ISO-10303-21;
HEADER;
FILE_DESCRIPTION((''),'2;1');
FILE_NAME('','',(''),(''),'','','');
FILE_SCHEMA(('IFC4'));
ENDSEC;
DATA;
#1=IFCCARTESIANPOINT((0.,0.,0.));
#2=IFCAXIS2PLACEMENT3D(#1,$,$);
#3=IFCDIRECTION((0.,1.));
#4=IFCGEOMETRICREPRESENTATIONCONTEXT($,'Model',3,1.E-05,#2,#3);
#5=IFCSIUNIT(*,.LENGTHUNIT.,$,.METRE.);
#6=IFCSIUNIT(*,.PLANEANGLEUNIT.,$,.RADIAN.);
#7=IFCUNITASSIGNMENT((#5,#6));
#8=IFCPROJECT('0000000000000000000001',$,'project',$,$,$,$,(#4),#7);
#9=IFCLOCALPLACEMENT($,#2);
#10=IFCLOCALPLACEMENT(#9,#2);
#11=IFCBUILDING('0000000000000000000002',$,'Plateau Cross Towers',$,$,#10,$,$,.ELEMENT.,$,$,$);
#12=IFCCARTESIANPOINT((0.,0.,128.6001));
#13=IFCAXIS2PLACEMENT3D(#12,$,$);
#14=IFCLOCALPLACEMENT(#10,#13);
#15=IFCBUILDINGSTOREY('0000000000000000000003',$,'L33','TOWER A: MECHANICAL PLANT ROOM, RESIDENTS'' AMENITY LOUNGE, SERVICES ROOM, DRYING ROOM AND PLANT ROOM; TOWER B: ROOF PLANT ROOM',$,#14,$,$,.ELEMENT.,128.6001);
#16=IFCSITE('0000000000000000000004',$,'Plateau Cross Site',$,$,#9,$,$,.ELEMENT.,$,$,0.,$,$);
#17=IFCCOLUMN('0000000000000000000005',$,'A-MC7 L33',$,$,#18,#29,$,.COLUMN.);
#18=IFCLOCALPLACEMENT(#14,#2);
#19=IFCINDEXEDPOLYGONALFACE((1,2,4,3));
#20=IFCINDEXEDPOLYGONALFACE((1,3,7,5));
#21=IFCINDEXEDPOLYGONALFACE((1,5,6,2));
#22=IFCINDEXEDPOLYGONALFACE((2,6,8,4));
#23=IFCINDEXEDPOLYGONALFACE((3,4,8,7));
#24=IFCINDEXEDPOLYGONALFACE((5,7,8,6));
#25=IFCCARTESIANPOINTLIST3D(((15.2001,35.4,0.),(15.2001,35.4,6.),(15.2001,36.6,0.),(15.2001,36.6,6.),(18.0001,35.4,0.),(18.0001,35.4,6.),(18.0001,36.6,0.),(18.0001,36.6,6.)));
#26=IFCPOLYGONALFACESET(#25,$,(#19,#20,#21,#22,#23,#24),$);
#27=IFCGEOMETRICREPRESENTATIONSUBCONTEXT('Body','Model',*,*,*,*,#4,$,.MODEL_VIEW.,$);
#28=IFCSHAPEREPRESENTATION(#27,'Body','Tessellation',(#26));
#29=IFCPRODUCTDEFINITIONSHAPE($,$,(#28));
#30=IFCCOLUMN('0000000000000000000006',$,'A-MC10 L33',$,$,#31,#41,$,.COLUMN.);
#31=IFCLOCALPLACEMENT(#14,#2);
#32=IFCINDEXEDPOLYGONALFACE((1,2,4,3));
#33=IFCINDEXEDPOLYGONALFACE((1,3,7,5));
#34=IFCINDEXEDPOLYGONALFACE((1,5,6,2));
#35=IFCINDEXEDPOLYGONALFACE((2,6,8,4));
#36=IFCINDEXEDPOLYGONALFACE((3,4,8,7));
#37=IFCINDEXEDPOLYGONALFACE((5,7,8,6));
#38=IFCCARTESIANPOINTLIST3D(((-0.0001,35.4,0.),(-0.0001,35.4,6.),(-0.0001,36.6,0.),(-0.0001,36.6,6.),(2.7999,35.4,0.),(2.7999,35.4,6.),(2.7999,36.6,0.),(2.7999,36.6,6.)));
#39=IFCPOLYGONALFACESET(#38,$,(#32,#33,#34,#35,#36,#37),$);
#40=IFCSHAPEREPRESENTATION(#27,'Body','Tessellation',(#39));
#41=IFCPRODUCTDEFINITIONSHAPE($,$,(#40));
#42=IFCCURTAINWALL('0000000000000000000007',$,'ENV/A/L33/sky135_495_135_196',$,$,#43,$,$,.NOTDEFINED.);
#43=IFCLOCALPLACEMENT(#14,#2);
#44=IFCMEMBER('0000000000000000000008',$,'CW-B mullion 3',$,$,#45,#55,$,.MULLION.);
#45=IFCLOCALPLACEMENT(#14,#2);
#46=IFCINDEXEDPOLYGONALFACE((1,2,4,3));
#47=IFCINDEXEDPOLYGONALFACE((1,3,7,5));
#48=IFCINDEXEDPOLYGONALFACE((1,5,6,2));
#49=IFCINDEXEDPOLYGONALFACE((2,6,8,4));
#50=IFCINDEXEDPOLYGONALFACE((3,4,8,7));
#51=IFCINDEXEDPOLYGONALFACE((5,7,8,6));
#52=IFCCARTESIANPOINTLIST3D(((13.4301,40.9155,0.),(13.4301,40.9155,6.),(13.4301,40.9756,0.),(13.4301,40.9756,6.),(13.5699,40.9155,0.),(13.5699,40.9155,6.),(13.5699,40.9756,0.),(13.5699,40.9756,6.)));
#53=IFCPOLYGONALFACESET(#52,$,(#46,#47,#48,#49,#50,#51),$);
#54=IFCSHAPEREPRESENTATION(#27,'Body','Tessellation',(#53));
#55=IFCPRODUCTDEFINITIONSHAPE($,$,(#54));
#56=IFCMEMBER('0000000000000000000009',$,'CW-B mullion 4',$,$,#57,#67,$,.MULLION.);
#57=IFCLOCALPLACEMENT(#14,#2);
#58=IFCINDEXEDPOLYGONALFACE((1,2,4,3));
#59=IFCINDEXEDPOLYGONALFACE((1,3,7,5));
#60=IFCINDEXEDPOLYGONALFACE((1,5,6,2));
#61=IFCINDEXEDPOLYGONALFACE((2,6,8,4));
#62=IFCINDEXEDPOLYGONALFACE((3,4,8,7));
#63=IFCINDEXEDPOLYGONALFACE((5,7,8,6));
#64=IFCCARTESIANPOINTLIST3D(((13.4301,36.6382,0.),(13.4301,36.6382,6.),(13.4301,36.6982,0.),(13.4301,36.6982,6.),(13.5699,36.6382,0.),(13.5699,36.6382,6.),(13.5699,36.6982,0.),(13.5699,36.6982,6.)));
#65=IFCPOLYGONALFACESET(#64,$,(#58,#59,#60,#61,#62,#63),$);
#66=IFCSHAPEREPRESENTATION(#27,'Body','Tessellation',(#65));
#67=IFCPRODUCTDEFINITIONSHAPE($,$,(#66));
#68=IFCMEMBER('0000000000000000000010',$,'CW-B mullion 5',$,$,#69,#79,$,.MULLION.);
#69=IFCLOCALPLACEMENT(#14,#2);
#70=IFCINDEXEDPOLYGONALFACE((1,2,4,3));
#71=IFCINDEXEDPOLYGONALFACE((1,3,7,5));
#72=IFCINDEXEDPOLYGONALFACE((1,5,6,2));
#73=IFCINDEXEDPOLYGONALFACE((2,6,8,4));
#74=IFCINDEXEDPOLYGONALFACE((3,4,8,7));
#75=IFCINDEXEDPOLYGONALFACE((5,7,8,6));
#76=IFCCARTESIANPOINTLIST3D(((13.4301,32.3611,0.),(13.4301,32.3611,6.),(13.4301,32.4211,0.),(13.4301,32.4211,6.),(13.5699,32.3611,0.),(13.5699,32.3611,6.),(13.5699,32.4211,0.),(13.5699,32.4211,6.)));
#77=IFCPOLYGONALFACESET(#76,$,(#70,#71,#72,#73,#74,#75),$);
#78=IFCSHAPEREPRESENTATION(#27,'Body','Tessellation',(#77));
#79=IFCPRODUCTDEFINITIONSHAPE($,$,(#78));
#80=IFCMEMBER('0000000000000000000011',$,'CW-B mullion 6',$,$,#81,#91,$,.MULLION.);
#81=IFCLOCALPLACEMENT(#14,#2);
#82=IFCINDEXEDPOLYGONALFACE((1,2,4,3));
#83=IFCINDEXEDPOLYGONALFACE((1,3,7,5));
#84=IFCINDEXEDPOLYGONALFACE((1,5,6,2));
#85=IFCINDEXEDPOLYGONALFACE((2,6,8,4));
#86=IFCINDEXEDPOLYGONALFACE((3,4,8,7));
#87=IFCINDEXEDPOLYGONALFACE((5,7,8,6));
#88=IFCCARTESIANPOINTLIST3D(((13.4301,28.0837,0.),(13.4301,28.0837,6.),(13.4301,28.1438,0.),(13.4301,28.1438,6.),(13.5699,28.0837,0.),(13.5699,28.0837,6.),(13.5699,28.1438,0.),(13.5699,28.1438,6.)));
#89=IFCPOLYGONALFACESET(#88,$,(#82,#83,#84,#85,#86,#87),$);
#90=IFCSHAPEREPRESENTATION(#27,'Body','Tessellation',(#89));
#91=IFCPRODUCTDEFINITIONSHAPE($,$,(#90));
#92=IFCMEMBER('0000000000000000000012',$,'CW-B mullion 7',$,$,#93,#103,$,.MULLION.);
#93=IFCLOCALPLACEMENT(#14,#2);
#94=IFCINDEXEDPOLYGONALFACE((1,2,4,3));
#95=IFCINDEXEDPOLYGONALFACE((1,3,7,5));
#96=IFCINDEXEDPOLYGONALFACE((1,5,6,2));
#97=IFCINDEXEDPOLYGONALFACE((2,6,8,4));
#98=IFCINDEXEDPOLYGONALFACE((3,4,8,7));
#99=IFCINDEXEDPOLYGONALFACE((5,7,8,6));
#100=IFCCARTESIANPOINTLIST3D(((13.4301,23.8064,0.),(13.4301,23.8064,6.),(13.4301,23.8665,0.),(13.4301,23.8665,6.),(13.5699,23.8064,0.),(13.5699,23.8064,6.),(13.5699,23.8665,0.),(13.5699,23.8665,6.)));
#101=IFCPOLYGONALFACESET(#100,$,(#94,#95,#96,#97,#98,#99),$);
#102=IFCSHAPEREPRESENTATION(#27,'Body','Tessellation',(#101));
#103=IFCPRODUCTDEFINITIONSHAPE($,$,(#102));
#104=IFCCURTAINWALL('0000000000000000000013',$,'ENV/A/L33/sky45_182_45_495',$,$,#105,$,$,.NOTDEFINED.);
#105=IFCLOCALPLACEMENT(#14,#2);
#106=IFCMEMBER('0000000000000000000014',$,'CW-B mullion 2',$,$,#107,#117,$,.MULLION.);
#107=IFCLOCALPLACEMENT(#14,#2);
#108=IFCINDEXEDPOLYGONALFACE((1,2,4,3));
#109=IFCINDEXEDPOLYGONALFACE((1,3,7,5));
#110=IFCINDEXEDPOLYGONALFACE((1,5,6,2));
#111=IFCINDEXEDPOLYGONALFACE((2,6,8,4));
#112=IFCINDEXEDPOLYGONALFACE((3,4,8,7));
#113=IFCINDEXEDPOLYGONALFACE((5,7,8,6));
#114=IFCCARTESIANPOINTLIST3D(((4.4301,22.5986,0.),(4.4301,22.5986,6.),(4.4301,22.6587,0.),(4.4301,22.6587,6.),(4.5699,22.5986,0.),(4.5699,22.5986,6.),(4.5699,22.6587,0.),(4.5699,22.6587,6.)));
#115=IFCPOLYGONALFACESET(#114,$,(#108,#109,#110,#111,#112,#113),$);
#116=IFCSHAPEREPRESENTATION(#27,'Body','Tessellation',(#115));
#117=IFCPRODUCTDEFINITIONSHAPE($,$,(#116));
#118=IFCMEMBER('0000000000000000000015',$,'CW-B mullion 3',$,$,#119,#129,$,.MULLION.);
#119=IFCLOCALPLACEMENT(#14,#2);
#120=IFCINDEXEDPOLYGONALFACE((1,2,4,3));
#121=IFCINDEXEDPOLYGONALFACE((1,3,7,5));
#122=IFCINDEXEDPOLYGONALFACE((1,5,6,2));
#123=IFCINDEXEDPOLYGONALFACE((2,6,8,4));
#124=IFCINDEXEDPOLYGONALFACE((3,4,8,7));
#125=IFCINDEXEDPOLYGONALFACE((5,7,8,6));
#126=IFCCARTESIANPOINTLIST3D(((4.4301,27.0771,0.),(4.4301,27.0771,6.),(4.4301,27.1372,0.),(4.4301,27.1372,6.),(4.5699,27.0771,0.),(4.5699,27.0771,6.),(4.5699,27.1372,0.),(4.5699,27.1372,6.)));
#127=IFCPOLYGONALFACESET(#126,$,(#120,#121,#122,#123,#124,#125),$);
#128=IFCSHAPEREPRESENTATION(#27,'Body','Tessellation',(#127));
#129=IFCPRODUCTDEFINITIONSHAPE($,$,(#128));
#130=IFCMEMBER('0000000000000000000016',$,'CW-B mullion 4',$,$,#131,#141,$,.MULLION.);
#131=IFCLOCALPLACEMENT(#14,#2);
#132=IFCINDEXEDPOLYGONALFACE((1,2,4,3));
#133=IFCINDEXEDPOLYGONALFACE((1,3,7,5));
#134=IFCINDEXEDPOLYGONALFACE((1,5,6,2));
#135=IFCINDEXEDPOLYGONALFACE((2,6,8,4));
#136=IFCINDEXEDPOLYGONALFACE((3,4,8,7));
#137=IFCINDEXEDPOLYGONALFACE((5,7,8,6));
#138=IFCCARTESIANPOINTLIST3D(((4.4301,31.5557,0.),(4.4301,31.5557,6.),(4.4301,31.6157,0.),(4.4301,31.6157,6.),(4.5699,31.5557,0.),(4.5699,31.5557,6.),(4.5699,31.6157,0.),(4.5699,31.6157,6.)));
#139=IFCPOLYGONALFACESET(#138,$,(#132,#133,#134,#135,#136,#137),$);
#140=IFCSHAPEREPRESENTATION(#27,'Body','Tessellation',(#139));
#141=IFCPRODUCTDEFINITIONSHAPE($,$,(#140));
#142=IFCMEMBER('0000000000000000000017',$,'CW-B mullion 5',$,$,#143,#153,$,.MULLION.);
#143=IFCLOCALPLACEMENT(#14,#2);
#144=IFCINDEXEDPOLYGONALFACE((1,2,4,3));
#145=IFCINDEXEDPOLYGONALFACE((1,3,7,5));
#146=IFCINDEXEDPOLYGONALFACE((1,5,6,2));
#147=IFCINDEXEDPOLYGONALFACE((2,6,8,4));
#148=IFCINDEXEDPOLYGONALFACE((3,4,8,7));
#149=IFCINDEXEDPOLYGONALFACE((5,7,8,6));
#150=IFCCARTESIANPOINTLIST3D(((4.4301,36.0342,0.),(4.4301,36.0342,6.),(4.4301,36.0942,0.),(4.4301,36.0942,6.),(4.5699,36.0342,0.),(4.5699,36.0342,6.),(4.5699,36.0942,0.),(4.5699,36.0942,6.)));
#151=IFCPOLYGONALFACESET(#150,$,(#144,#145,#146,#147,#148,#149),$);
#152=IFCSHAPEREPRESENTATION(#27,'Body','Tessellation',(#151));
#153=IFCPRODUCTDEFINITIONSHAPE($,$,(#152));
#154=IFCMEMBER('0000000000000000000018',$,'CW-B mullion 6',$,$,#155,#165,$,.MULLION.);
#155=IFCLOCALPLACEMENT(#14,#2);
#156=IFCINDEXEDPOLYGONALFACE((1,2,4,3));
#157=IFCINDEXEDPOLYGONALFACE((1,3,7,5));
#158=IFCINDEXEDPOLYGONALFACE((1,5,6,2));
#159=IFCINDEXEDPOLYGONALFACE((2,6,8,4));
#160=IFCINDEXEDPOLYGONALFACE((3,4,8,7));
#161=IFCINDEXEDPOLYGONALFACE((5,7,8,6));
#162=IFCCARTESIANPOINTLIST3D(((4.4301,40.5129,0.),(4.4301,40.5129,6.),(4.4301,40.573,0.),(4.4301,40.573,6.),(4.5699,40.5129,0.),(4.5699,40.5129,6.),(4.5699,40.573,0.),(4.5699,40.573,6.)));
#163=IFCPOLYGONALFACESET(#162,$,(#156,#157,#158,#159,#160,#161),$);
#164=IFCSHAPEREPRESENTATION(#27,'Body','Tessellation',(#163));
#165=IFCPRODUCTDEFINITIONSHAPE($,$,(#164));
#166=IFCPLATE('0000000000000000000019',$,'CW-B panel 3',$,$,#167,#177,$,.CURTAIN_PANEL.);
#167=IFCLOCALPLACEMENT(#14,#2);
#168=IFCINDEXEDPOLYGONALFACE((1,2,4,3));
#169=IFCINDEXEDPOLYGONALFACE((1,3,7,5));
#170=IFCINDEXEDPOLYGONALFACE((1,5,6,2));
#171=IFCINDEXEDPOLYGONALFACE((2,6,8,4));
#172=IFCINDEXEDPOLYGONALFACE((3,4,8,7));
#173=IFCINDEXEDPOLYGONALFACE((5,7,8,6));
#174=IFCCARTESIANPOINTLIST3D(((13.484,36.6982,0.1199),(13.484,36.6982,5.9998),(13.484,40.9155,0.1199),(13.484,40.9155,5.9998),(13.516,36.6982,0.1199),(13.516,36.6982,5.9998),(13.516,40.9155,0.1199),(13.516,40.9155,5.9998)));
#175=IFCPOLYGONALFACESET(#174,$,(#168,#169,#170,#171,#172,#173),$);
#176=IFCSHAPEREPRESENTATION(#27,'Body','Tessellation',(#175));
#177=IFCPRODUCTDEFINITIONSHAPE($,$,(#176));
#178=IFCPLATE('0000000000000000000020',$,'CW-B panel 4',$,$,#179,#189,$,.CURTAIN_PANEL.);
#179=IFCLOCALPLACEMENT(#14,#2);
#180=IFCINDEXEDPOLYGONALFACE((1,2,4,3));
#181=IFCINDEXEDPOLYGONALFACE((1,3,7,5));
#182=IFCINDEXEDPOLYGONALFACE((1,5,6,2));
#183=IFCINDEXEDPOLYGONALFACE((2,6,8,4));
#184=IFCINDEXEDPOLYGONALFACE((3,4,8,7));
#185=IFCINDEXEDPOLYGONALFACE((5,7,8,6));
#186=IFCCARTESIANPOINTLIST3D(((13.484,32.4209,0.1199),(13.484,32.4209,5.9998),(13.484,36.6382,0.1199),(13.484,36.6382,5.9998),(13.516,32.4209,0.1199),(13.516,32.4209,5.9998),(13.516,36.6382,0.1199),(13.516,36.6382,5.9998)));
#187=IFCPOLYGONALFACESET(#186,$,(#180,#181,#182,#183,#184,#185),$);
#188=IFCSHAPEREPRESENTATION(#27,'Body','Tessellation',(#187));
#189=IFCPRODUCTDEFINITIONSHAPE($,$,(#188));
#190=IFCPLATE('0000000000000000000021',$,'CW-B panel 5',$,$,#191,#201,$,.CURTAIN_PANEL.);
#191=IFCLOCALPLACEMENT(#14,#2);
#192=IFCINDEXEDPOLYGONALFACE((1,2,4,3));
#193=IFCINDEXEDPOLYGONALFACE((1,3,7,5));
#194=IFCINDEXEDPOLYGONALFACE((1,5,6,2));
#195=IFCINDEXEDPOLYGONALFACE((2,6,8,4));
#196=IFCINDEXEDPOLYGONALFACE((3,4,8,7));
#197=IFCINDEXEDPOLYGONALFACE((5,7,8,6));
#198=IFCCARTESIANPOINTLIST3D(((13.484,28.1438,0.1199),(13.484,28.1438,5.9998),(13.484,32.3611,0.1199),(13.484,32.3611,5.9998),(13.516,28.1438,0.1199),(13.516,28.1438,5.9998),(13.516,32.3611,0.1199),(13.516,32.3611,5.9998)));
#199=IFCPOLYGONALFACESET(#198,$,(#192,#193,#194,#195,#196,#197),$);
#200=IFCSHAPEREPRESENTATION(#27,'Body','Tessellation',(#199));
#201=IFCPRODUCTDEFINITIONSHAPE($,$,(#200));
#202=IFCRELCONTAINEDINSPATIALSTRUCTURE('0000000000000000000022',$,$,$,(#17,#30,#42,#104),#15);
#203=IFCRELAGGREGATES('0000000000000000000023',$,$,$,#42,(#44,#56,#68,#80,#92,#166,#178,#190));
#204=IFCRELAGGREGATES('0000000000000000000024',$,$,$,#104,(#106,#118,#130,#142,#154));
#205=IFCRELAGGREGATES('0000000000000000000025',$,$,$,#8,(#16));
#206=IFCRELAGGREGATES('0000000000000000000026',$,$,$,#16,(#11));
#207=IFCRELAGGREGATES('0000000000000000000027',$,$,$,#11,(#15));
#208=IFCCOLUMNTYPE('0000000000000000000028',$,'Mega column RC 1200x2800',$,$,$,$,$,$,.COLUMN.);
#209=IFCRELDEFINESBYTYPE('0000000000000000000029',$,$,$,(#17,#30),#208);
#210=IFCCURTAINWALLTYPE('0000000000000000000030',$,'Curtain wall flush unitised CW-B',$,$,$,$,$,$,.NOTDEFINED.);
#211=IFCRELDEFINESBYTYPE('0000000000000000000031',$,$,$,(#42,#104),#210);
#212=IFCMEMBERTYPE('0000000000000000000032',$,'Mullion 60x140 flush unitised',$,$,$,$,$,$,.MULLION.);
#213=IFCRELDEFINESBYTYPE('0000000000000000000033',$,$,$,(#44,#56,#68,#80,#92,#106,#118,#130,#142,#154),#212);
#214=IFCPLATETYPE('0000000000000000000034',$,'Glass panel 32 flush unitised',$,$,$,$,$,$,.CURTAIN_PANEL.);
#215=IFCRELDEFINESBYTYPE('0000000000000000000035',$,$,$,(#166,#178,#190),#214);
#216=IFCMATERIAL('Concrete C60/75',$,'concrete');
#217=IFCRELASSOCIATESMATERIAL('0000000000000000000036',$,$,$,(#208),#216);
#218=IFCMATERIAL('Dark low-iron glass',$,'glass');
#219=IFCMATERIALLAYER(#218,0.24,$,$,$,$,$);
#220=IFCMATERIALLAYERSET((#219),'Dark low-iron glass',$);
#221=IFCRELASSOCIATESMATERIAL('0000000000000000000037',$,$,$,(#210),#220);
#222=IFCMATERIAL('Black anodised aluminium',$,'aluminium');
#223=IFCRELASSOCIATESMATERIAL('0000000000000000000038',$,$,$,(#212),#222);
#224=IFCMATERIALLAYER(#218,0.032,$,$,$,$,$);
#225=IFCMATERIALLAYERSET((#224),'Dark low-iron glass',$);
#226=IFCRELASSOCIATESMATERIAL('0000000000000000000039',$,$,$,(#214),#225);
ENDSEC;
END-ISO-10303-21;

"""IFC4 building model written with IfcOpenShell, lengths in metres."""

from ifc_helpers import new_model, si_unit, direction, frame, origin, origin_2d, place, context, subcontext, project, spatial, rectangle, extrude, material, layer, layer_set, material_profile, profile_set, type_object, element, aggregate, save


model = new_model("IFC4")

# Units and contexts
model_context = context("Model", 3, precision=1e-05, world=origin(), true_north=direction((0.0, 1.0)))
body_context = subcontext(model_context, "Body", "Model", "MODEL_VIEW")
ifc_project = project(units=[si_unit("LENGTHUNIT", "METRE"), si_unit("PLANEANGLEUNIT", "RADIAN")], contexts=[model_context])

# Site, building, storey
site_placement = place(None, origin())
site = spatial("IfcSite", under=ifc_project, at=site_placement, Name="Plateau Cross Site", CompositionType="ELEMENT", RefElevation=0.0)
building_placement = place(site_placement, origin())
building = spatial("IfcBuilding", under=site, at=building_placement, Name="Plateau Cross Towers", CompositionType="ELEMENT")
storey_placement = place(building_placement, frame((0.0, 0.0, 128.6001)))
storey = spatial("IfcBuildingStorey", under=building, at=storey_placement, Name="L33", Description="TOWER A: MECHANICAL PLANT ROOM, RESIDENTS' AMENITY LOUNGE, SERVICES ROOM, DRYING ROOM AND PLANT ROOM; TOWER B: ROOF PLANT ROOM", CompositionType="ELEMENT", Elevation=128.6001)

# Columns
ifc_material_1 = material(Name="Concrete C60/75", Category="concrete")
ifc_material_profile_1 = material_profile(ifc_material_1, rectangle(XDim=1.2, YDim=2.8, at=origin_2d()), Name="RC 1200x2800")
ifc_profile_set_1 = profile_set([ifc_material_profile_1], Name="Concrete C60/75")
column_type = type_object("IfcColumnType", Name="Mega column RC 1200x2800", PredefinedType="COLUMN", material=ifc_profile_set_1)
for number, where, z_axis, x_axis, name in (
    (1, (16.6001, 36.0, 0.0), (0.0, 0.0, 1.0), (0.0, 1.0, 0.0), "A-MC7 L33"),
    (2, (1.3999, 36.0, 0.0), (0.0, 0.0, 1.0), (0.0, 1.0, 0.0), "A-MC10 L33"),
):
    element("IfcColumn", number, at=place(storey_placement, frame(where, z_axis=z_axis, x_axis=x_axis)), inside=storey, type_object=column_type, Name=name, PredefinedType="COLUMN", context=body_context, shape_type="SweptSolid", body=[
        extrude(rectangle(XDim=1.2, YDim=2.8, at=origin_2d()), origin(), (0.0, 0.0, 1.0), 6.0),
    ])

# Curtain walls, members
ifc_material_2 = material(Name="Dark low-iron glass", Category="glass")
ifc_layer_1 = layer(ifc_material_2, 0.24)
ifc_layer_set_1 = layer_set([ifc_layer_1], Name="Dark low-iron glass")
curtain_wall_type = type_object("IfcCurtainWallType", Name="Curtain wall flush unitised CW-B", PredefinedType="NOTDEFINED", material=ifc_layer_set_1)
curtain_wall_1_placement = place(storey_placement, origin())
curtain_wall_1 = element("IfcCurtainWall", 3, at=curtain_wall_1_placement, inside=storey, type_object=curtain_wall_type, Name="ENV/A/L33/sky135_495_135_196", PredefinedType="NOTDEFINED")
ifc_material_3 = material(Name="Black anodised aluminium", Category="aluminium")
ifc_material_profile_2 = material_profile(ifc_material_3, rectangle(XDim=0.0601, YDim=0.1399, at=origin_2d()), Name="MULLION 60x140")
ifc_profile_set_2 = profile_set([ifc_material_profile_2], Name="Black anodised aluminium")
member_type = type_object("IfcMemberType", Name="Mullion 60x140 flush unitised", PredefinedType="MULLION", material=ifc_profile_set_2)
member_1_placement = place(storey_placement, frame((13.5, 40.9456, 0.0), z_axis=(0.0, 0.0, 1.0), x_axis=(0.0, -1.0, 0.0)))
member_1 = element("IfcMember", 4, at=member_1_placement, type_object=member_type, Name="CW-B mullion 3", PredefinedType="MULLION", context=body_context, shape_type="SweptSolid", body=[
    extrude(rectangle(XDim=0.0601, YDim=0.1399, at=origin_2d()), origin(), (0.0, 0.0, 1.0), 6.0),
])
member_2_placement = place(storey_placement, frame((13.5, 36.6682, 0.0), z_axis=(0.0, 0.0, 1.0), x_axis=(0.0, -1.0, 0.0)))
member_2 = element("IfcMember", 5, at=member_2_placement, type_object=member_type, Name="CW-B mullion 4", PredefinedType="MULLION", context=body_context, shape_type="SweptSolid", body=[
    extrude(rectangle(XDim=0.0601, YDim=0.1399, at=origin_2d()), origin(), (0.0, 0.0, 1.0), 6.0),
])
member_3_placement = place(storey_placement, frame((13.5, 32.3911, 0.0), z_axis=(0.0, 0.0, 1.0), x_axis=(0.0, -1.0, 0.0)))
member_3 = element("IfcMember", 6, at=member_3_placement, type_object=member_type, Name="CW-B mullion 5", PredefinedType="MULLION", context=body_context, shape_type="SweptSolid", body=[
    extrude(rectangle(XDim=0.0601, YDim=0.1399, at=origin_2d()), origin(), (0.0, 0.0, 1.0), 6.0),
])
member_4_placement = place(storey_placement, frame((13.5, 28.1138, 0.0), z_axis=(0.0, 0.0, 1.0), x_axis=(0.0, -1.0, 0.0)))
member_4 = element("IfcMember", 7, at=member_4_placement, type_object=member_type, Name="CW-B mullion 6", PredefinedType="MULLION", context=body_context, shape_type="SweptSolid", body=[
    extrude(rectangle(XDim=0.0601, YDim=0.1399, at=origin_2d()), origin(), (0.0, 0.0, 1.0), 6.0),
])
member_5_placement = place(storey_placement, frame((13.5, 23.8364, 0.0), z_axis=(0.0, 0.0, 1.0), x_axis=(0.0, -1.0, 0.0)))
member_5 = element("IfcMember", 8, at=member_5_placement, type_object=member_type, Name="CW-B mullion 7", PredefinedType="MULLION", context=body_context, shape_type="SweptSolid", body=[
    extrude(rectangle(XDim=0.0601, YDim=0.1399, at=origin_2d()), origin(), (0.0, 0.0, 1.0), 6.0),
])
curtain_wall_2_placement = place(storey_placement, origin())
curtain_wall_2 = element("IfcCurtainWall", 9, at=curtain_wall_2_placement, inside=storey, type_object=curtain_wall_type, Name="ENV/A/L33/sky45_182_45_495", PredefinedType="NOTDEFINED")
member_6_placement = place(storey_placement, frame((4.5, 22.6287, 0.0), z_axis=(0.0, 0.0, 1.0), x_axis=(0.0, 1.0, 0.0)))
member_6 = element("IfcMember", 10, at=member_6_placement, type_object=member_type, Name="CW-B mullion 2", PredefinedType="MULLION", context=body_context, shape_type="SweptSolid", body=[
    extrude(rectangle(XDim=0.0601, YDim=0.1399, at=origin_2d()), origin(), (0.0, 0.0, 1.0), 6.0),
])
member_7_placement = place(storey_placement, frame((4.5, 27.1072, 0.0), z_axis=(0.0, 0.0, 1.0), x_axis=(0.0, 1.0, 0.0)))
member_7 = element("IfcMember", 11, at=member_7_placement, type_object=member_type, Name="CW-B mullion 3", PredefinedType="MULLION", context=body_context, shape_type="SweptSolid", body=[
    extrude(rectangle(XDim=0.0601, YDim=0.1399, at=origin_2d()), origin(), (0.0, 0.0, 1.0), 6.0),
])
member_8_placement = place(storey_placement, frame((4.5, 31.5857, 0.0), z_axis=(0.0, 0.0, 1.0), x_axis=(0.0, 1.0, 0.0)))
member_8 = element("IfcMember", 12, at=member_8_placement, type_object=member_type, Name="CW-B mullion 4", PredefinedType="MULLION", context=body_context, shape_type="SweptSolid", body=[
    extrude(rectangle(XDim=0.0601, YDim=0.1399, at=origin_2d()), origin(), (0.0, 0.0, 1.0), 6.0),
])
member_9_placement = place(storey_placement, frame((4.5, 36.0642, 0.0), z_axis=(0.0, 0.0, 1.0), x_axis=(0.0, 1.0, 0.0)))
member_9 = element("IfcMember", 13, at=member_9_placement, type_object=member_type, Name="CW-B mullion 5", PredefinedType="MULLION", context=body_context, shape_type="SweptSolid", body=[
    extrude(rectangle(XDim=0.0601, YDim=0.1399, at=origin_2d()), origin(), (0.0, 0.0, 1.0), 6.0),
])
member_10_placement = place(storey_placement, frame((4.5, 40.543, 0.0), z_axis=(0.0, 0.0, 1.0), x_axis=(0.0, 1.0, 0.0)))
member_10 = element("IfcMember", 14, at=member_10_placement, type_object=member_type, Name="CW-B mullion 6", PredefinedType="MULLION", context=body_context, shape_type="SweptSolid", body=[
    extrude(rectangle(XDim=0.0601, YDim=0.1399, at=origin_2d()), origin(), (0.0, 0.0, 1.0), 6.0),
])

# Plates
ifc_layer_2 = layer(ifc_material_2, 0.032)
ifc_layer_set_2 = layer_set([ifc_layer_2], Name="Dark low-iron glass")
plate_type = type_object("IfcPlateType", Name="Glass panel 32 flush unitised", PredefinedType="CURTAIN_PANEL", material=ifc_layer_set_2)
plate_1_placement = place(storey_placement, frame((13.5, 38.8069, 0.1199), z_axis=(0.0, 0.0, 1.0), x_axis=(0.0, -1.0, 0.0)))
plate_1 = element("IfcPlate", 15, at=plate_1_placement, type_object=plate_type, Name="CW-B panel 3", PredefinedType="CURTAIN_PANEL", context=body_context, shape_type="SweptSolid", body=[
    extrude(rectangle(XDim=4.2173, YDim=0.032, at=origin_2d()), origin(), (0.0, 0.0, 1.0), 5.8799),
])
plate_2_placement = place(storey_placement, frame((13.5, 34.5295, 0.1199), z_axis=(0.0, 0.0, 1.0), x_axis=(0.0, -1.0, 0.0)))
plate_2 = element("IfcPlate", 16, at=plate_2_placement, type_object=plate_type, Name="CW-B panel 4", PredefinedType="CURTAIN_PANEL", context=body_context, shape_type="SweptSolid", body=[
    extrude(rectangle(XDim=4.2173, YDim=0.032, at=origin_2d()), origin(), (0.0, 0.0, 1.0), 5.8799),
])
plate_3_placement = place(storey_placement, frame((13.5, 30.2524, 0.1199), z_axis=(0.0, 0.0, 1.0), x_axis=(0.0, -1.0, 0.0)))
plate_3 = element("IfcPlate", 17, at=plate_3_placement, type_object=plate_type, Name="CW-B panel 5", PredefinedType="CURTAIN_PANEL", context=body_context, shape_type="SweptSolid", body=[
    extrude(rectangle(XDim=4.2173, YDim=0.032, at=origin_2d()), origin(), (0.0, 0.0, 1.0), 5.8799),
])
aggregate(curtain_wall_1, [member_1, member_2, member_3, member_4, member_5, plate_1, plate_2, plate_3])
aggregate(curtain_wall_2, [member_6, member_7, member_8, member_9, member_10])

save(model, "model.ifc")
